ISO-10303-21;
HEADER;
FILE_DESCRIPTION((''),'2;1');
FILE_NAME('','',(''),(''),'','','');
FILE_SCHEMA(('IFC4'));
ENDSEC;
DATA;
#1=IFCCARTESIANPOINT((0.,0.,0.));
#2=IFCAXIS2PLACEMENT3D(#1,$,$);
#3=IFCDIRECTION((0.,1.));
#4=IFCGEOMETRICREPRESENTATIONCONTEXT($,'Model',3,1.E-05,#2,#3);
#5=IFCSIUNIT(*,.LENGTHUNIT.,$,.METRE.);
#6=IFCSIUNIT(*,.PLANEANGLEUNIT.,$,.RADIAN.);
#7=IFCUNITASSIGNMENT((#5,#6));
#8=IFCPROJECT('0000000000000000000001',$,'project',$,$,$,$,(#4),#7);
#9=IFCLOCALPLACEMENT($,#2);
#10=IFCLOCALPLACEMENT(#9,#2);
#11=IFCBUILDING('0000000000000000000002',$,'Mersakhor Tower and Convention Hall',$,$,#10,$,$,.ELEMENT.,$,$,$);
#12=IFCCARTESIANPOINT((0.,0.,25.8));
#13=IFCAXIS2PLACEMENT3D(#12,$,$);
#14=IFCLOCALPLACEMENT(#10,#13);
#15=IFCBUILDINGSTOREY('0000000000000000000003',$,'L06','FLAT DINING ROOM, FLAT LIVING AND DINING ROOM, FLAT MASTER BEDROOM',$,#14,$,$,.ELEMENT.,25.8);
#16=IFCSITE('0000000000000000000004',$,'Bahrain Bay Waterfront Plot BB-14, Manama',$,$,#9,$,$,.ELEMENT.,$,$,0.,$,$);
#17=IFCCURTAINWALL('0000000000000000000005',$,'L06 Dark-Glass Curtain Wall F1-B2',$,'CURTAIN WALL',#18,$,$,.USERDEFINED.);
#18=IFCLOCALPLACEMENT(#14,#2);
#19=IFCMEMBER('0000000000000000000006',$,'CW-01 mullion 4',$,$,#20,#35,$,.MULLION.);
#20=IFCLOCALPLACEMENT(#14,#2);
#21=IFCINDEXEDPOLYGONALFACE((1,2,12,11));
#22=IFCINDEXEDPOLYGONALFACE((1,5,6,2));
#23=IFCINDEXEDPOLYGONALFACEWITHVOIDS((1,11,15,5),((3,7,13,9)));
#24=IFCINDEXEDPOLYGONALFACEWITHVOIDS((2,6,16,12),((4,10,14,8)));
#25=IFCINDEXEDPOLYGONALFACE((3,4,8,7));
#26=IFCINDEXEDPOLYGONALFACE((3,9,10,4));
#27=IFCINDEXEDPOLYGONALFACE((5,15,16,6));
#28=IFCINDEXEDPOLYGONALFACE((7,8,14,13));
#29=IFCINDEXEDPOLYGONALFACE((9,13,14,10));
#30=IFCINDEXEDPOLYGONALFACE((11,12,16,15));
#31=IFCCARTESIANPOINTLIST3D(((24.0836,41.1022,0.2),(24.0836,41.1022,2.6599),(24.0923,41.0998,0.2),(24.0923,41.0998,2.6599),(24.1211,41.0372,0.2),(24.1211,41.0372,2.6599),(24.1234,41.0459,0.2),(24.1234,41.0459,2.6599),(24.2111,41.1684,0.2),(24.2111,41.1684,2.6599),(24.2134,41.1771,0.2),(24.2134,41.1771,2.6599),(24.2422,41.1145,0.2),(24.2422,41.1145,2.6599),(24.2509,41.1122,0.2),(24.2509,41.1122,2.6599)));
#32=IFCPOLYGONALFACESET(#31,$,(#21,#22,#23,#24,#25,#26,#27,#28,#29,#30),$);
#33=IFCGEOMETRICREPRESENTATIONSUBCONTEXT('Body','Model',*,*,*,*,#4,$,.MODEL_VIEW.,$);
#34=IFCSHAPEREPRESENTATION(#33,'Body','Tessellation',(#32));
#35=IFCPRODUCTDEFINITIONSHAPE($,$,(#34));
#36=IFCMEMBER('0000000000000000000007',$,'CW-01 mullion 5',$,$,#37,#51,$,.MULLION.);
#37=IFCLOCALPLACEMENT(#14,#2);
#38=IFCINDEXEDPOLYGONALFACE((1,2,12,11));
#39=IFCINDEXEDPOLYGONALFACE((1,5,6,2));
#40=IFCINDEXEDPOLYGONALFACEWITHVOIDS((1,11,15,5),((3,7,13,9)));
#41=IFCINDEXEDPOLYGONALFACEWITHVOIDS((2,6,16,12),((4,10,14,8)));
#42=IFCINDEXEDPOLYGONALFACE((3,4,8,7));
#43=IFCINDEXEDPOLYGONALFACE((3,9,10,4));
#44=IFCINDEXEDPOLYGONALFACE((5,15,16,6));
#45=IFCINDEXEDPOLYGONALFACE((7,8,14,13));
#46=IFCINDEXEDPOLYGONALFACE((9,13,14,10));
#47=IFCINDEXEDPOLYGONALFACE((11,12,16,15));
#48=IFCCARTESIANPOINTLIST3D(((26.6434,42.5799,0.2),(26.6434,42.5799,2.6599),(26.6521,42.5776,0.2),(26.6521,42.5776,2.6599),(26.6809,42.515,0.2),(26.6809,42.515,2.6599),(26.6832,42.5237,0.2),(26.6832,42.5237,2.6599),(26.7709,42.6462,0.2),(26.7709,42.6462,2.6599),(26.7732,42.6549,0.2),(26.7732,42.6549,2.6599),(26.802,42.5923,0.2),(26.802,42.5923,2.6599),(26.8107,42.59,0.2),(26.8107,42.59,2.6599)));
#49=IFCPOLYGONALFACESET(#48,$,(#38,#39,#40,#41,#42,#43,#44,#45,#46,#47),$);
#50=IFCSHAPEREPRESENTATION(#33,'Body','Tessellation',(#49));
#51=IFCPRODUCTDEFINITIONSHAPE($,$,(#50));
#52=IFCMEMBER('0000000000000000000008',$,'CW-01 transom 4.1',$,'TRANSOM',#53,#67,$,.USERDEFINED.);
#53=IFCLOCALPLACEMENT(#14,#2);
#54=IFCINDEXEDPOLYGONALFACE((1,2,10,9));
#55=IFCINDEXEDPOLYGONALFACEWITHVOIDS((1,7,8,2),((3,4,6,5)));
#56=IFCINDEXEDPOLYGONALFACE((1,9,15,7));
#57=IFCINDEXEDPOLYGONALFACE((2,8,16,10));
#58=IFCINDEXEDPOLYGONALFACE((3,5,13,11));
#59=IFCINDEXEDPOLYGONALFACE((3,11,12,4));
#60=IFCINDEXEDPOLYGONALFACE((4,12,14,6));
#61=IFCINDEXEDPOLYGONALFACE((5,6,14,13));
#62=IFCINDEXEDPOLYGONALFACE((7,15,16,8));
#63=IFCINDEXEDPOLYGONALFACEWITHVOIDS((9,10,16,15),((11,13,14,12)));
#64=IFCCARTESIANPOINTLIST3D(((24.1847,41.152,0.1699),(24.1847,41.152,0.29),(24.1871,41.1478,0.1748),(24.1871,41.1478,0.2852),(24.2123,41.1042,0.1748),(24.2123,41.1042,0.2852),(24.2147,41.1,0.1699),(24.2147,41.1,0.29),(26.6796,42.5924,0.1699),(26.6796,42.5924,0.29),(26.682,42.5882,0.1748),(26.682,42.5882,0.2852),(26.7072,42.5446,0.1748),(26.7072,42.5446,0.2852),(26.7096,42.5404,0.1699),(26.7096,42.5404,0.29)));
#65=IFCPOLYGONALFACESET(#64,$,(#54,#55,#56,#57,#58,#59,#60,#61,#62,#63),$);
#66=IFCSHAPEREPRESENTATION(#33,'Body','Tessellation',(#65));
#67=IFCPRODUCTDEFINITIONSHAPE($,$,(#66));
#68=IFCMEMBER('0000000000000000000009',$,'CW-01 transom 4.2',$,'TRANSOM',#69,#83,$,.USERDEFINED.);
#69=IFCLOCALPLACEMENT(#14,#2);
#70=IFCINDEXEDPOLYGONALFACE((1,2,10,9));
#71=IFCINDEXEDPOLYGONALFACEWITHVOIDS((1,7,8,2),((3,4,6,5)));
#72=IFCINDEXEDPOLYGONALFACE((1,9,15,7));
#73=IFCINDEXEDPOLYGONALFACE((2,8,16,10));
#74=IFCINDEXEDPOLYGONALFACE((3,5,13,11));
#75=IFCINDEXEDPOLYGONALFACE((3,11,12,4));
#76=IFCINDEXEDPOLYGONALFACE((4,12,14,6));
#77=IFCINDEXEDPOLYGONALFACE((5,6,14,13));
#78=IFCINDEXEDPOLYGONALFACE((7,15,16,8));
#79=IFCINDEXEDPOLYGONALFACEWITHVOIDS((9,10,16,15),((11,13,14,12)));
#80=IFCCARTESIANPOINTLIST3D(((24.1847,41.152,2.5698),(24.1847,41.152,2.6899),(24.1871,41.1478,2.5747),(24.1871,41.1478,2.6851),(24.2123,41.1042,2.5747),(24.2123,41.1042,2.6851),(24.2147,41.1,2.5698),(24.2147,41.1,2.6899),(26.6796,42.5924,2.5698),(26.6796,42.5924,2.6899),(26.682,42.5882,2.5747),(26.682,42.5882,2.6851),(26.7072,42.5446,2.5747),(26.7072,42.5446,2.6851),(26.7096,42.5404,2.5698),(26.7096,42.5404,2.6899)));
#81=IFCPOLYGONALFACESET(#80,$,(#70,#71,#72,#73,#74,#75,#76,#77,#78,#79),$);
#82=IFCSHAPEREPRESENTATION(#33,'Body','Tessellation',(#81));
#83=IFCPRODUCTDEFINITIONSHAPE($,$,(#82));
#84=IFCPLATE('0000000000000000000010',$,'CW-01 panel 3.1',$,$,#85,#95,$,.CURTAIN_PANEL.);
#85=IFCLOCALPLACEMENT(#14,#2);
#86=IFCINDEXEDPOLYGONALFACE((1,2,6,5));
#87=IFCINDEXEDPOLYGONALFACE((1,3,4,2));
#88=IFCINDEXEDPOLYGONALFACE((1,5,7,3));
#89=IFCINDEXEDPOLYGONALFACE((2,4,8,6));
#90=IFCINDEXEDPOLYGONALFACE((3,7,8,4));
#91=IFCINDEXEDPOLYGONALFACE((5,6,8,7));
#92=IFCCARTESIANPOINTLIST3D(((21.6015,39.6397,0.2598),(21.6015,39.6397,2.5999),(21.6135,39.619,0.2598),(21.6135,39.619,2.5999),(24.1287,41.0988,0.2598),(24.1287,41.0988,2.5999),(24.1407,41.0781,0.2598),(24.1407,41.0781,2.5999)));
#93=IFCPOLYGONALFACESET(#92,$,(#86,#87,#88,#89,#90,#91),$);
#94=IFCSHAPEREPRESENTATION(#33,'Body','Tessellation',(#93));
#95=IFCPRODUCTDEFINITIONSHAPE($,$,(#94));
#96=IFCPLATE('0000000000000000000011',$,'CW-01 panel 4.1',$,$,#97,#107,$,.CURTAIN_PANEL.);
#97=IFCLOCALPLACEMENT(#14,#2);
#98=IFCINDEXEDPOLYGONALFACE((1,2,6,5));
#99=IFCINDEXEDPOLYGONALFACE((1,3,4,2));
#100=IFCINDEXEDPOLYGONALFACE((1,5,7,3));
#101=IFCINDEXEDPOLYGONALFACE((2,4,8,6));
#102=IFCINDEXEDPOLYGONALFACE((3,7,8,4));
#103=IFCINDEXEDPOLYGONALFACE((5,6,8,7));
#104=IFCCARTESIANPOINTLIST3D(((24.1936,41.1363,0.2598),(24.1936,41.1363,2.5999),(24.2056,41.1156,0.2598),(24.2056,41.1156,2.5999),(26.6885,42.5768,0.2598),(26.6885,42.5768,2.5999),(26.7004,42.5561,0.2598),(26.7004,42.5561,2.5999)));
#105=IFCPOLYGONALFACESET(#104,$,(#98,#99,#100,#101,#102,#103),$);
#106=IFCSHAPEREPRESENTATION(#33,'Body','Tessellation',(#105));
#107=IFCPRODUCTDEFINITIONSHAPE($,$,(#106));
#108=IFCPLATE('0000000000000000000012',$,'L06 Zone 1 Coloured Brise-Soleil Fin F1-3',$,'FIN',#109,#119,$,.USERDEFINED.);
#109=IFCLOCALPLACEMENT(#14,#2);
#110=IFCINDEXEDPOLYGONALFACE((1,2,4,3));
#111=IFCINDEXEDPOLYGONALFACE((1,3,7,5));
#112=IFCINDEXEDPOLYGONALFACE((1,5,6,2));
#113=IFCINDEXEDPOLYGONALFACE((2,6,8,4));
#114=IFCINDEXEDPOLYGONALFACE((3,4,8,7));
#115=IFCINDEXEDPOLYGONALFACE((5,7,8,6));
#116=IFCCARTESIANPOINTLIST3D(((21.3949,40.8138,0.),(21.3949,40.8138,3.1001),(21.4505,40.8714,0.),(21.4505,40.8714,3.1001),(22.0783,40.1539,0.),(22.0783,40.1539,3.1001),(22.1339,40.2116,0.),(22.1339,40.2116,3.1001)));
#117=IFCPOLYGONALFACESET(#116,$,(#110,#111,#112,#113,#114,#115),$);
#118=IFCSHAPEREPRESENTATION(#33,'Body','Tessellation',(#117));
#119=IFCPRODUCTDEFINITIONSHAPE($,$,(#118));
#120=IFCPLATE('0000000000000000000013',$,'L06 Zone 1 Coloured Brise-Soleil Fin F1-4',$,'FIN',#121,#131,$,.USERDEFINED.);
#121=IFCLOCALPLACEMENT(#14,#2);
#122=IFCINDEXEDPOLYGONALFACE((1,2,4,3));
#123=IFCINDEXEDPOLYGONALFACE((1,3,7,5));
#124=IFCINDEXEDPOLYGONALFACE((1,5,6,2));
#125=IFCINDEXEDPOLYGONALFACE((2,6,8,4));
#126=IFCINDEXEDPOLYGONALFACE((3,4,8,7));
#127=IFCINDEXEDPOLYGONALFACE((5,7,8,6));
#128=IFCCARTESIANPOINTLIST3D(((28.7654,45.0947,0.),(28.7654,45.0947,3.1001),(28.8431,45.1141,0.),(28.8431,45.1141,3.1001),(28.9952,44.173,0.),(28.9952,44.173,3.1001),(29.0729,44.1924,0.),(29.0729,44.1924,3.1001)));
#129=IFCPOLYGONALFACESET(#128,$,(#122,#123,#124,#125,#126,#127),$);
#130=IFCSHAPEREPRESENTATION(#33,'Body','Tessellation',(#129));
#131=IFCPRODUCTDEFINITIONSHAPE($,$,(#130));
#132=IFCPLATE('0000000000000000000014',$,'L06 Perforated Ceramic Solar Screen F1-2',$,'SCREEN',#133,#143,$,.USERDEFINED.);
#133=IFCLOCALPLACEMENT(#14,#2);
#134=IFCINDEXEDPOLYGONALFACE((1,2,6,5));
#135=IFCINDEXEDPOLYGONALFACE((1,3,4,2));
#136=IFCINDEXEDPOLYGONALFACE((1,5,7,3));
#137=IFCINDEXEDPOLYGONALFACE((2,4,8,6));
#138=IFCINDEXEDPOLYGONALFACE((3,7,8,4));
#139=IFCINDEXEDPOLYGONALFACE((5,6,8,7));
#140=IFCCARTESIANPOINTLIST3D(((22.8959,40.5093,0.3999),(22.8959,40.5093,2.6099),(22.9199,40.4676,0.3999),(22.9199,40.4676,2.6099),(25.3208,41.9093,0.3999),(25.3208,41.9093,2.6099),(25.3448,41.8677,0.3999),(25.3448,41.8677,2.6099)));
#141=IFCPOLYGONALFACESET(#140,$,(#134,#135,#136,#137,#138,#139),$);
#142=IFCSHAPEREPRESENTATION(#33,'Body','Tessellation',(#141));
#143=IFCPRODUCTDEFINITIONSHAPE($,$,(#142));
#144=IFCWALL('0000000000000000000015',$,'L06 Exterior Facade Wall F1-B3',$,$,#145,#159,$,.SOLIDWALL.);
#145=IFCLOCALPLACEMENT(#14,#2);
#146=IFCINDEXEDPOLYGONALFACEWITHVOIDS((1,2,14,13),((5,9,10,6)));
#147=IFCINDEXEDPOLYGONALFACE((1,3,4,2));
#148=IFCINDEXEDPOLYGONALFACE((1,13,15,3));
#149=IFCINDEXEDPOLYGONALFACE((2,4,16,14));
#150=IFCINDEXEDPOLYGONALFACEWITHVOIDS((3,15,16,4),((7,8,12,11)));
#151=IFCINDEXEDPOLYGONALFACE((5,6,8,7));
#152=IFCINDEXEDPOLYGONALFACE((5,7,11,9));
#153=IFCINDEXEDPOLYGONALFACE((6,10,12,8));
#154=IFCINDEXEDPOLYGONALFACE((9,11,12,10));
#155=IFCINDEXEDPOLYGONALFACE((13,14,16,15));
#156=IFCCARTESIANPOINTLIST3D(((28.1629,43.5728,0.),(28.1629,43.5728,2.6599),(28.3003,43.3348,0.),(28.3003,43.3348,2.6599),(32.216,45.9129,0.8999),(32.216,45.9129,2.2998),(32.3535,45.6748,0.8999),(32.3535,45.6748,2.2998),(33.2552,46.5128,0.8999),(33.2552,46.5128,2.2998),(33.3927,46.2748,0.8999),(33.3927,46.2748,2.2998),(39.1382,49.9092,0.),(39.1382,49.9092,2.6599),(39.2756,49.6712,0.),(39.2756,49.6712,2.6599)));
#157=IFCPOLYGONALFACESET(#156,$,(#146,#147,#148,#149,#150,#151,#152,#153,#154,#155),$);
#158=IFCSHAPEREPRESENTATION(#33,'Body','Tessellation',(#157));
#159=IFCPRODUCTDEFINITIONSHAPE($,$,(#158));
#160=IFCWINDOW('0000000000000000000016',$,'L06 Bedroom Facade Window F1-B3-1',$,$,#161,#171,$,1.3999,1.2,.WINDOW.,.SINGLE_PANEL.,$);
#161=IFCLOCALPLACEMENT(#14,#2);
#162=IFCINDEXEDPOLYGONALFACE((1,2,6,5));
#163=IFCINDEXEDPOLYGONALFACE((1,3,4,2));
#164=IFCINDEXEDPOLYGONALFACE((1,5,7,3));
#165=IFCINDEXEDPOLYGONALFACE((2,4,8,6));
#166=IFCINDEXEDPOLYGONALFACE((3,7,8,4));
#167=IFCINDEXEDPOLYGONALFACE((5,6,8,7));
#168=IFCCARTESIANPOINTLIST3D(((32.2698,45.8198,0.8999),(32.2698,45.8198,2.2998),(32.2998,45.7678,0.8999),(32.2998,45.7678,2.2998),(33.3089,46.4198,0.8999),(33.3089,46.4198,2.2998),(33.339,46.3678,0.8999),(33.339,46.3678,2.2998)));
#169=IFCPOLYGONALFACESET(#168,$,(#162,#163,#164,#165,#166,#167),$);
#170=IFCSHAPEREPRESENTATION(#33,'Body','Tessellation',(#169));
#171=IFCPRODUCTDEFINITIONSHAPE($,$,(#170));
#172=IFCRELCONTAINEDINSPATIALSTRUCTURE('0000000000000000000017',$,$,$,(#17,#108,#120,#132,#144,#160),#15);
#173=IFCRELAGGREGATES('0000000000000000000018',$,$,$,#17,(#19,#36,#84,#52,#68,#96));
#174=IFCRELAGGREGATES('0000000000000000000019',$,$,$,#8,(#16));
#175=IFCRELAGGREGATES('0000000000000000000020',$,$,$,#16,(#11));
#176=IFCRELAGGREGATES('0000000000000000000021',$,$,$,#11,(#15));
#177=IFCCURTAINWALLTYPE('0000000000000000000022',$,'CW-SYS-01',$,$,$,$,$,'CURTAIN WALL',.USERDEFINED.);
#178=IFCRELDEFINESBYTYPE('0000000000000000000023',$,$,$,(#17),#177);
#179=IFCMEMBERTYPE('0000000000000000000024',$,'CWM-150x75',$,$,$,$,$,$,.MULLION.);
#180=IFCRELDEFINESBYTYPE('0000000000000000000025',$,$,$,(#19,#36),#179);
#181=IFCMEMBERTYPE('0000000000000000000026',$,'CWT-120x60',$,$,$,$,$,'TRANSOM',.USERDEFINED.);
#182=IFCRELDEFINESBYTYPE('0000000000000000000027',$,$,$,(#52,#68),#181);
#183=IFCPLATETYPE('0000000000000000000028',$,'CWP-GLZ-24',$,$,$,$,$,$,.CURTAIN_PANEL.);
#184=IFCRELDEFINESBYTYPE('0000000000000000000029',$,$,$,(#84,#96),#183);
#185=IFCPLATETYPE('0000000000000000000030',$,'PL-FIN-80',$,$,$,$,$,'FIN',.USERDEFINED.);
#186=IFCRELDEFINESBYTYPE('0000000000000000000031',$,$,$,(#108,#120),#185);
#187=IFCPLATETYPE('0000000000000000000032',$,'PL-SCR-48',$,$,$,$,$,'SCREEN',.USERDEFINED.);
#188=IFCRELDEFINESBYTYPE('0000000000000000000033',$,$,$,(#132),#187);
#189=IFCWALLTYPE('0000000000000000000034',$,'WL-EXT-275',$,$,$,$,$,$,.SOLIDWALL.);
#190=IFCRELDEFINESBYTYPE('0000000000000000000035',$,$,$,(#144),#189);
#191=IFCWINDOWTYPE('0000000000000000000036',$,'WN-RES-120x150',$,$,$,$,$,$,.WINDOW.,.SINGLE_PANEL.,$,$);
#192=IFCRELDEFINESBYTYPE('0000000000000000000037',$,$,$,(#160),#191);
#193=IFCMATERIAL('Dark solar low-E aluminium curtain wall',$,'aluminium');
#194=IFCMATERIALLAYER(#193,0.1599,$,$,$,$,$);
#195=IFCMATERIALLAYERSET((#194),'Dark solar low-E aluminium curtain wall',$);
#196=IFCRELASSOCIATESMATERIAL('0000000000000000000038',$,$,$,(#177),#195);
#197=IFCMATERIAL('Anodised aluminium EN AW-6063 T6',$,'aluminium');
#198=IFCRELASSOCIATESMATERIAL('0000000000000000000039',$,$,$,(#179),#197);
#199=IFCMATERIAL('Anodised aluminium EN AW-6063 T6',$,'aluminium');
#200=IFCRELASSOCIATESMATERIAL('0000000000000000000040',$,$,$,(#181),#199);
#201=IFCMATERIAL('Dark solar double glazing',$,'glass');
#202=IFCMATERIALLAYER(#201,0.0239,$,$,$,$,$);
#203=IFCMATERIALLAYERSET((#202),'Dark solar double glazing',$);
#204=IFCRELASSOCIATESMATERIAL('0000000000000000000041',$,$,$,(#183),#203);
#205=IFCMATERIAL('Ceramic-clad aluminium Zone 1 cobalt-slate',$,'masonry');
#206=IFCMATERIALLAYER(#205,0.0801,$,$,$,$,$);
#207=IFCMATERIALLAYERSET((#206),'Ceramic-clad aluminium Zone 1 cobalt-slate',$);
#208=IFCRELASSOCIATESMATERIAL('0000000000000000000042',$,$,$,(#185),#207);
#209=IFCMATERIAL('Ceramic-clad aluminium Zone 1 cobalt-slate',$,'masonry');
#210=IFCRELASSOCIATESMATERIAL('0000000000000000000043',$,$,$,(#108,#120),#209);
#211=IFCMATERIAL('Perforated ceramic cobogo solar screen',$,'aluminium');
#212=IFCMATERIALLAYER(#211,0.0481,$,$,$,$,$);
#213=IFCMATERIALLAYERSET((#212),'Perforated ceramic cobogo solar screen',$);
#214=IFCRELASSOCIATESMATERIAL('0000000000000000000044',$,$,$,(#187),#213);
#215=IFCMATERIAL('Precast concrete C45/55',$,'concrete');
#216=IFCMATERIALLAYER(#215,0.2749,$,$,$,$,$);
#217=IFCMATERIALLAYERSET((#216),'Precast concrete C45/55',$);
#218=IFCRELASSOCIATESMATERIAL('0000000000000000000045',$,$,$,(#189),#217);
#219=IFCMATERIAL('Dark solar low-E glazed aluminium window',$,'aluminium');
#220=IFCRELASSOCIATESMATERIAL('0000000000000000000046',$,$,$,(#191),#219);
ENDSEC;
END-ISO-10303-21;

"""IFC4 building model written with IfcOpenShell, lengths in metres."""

from ifc_helpers import new_model, si_unit, direction, frame, frame_2d, origin, origin_2d, place, context, subcontext, project, spatial, rectangle, hollow_rectangle, extrude, material, layer, layer_set, material_profile, profile_set, type_object, element, fill, aggregate, save


model = new_model("IFC4")

# Units and contexts
model_context = context("Model", 3, precision=1e-05, world=origin(), true_north=direction((0.0, 1.0)))
body_context = subcontext(model_context, "Body", "Model", "MODEL_VIEW")
ifc_project = project(units=[si_unit("LENGTHUNIT", "METRE"), si_unit("PLANEANGLEUNIT", "RADIAN")], contexts=[model_context])

# Site, building, storey
site_placement = place(None, origin())
site = spatial("IfcSite", under=ifc_project, at=site_placement, Name="Bahrain Bay Waterfront Plot BB-14, Manama", CompositionType="ELEMENT", RefElevation=0.0)
building_placement = place(site_placement, origin())
building = spatial("IfcBuilding", under=site, at=building_placement, Name="Mersakhor Tower and Convention Hall", CompositionType="ELEMENT")
storey_placement = place(building_placement, frame((0.0, 0.0, 25.8)))
storey = spatial("IfcBuildingStorey", under=building, at=storey_placement, Name="L06", Description="FLAT DINING ROOM, FLAT LIVING AND DINING ROOM, FLAT MASTER BEDROOM", CompositionType="ELEMENT", Elevation=25.8)

# Curtain wall, members, plates
ifc_material_1 = material(Name="Dark solar low-E aluminium curtain wall", Category="aluminium")
ifc_layer_1 = layer(ifc_material_1, 0.1599)
ifc_layer_set_1 = layer_set([ifc_layer_1], Name="Dark solar low-E aluminium curtain wall")
curtain_wall_type = type_object("IfcCurtainWallType", Name="CW-SYS-01", ElementType="CURTAIN WALL", PredefinedType="USERDEFINED", material=ifc_layer_set_1)
curtain_wall_placement = place(storey_placement, origin())
curtain_wall = element("IfcCurtainWall", 1, at=curtain_wall_placement, inside=storey, type_object=curtain_wall_type, Name="L06 Dark-Glass Curtain Wall F1-B2", ObjectType="CURTAIN WALL", PredefinedType="USERDEFINED")
ifc_material_2 = material(Name="Anodised aluminium EN AW-6063 T6", Category="aluminium")
ifc_material_profile_1 = material_profile(ifc_material_2, hollow_rectangle(XDim=0.075, YDim=0.1499, WallThickness=0.0063, at=origin_2d()), Name="RHS 150x75x6.3")
ifc_profile_set_1 = profile_set([ifc_material_profile_1], Name="Anodised aluminium EN AW-6063 T6")
member_type_1 = type_object("IfcMemberType", Name="CWM-150x75", PredefinedType="MULLION", material=ifc_profile_set_1)
member_1_placement = place(storey_placement, frame((24.1672, 41.1072, 0.2), z_axis=(0.0, 0.0, 1.0), x_axis=(-0.500003, 0.866023, 0.0)))
member_1 = element("IfcMember", 2, at=member_1_placement, type_object=member_type_1, Name="CW-01 mullion 4", PredefinedType="MULLION", context=body_context, shape_type="SweptSolid", body=[
    extrude(hollow_rectangle(XDim=0.075, YDim=0.1499, WallThickness=0.0063, at=origin_2d()), origin(), (0.0, 0.0, 1.0), 2.46),
])
member_2_placement = place(storey_placement, frame((26.7271, 42.585, 0.2), z_axis=(0.0, 0.0, 1.0), x_axis=(-0.500003, 0.866023, 0.0)))
member_2 = element("IfcMember", 3, at=member_2_placement, type_object=member_type_1, Name="CW-01 mullion 5", PredefinedType="MULLION", context=body_context, shape_type="SweptSolid", body=[
    extrude(hollow_rectangle(XDim=0.075, YDim=0.1499, WallThickness=0.0063, at=origin_2d()), origin(), (0.0, 0.0, 1.0), 2.46),
])
ifc_material_3 = material(Name="Anodised aluminium EN AW-6063 T6", Category="aluminium")
ifc_material_profile_2 = material_profile(ifc_material_3, hollow_rectangle(XDim=0.0601, YDim=0.1201, WallThickness=0.0049, at=origin_2d()), Name="RHS 120x60x5")
ifc_profile_set_2 = profile_set([ifc_material_profile_2], Name="Anodised aluminium EN AW-6063 T6")
member_type_2 = type_object("IfcMemberType", Name="CWT-120x60", ElementType="TRANSOM", PredefinedType="USERDEFINED", material=ifc_profile_set_2)
member_3_placement = place(storey_placement, frame((24.1997, 41.126, 0.23), z_axis=(0.866023, 0.500004, 0.0), x_axis=(-0.500004, 0.866023, 0.0)))
member_3 = element("IfcMember", 4, at=member_3_placement, type_object=member_type_2, Name="CW-01 transom 4.1", ObjectType="TRANSOM", PredefinedType="USERDEFINED", context=body_context, shape_type="SweptSolid", body=[
    extrude(hollow_rectangle(XDim=0.0601, YDim=0.1201, WallThickness=0.0049, at=origin_2d()), origin(), (0.0, 0.0, 1.0), 2.8809),
])
member_4_placement = place(storey_placement, frame((24.1997, 41.126, 2.6299), z_axis=(0.866023, 0.500004, 0.0), x_axis=(-0.500004, 0.866023, 0.0)))
member_4 = element("IfcMember", 5, at=member_4_placement, type_object=member_type_2, Name="CW-01 transom 4.2", ObjectType="TRANSOM", PredefinedType="USERDEFINED", context=body_context, shape_type="SweptSolid", body=[
    extrude(hollow_rectangle(XDim=0.0601, YDim=0.1201, WallThickness=0.0049, at=origin_2d()), origin(), (0.0, 0.0, 1.0), 2.8809),
])
ifc_material_4 = material(Name="Dark solar double glazing", Category="glass")
ifc_layer_2 = layer(ifc_material_4, 0.0239)
ifc_layer_set_2 = layer_set([ifc_layer_2], Name="Dark solar double glazing")
plate_type_1 = type_object("IfcPlateType", Name="CWP-GLZ-24", PredefinedType="CURTAIN_PANEL", material=ifc_layer_set_2)
plate_1_placement = place(storey_placement, frame((22.8711, 40.3589, 0.2598), z_axis=(0.0, 0.0, 1.0), x_axis=(0.866023, 0.500003, 0.0)))
plate_1 = element("IfcPlate", 6, at=plate_1_placement, type_object=plate_type_1, Name="CW-01 panel 3.1", PredefinedType="CURTAIN_PANEL", context=body_context, shape_type="SweptSolid", body=[
    extrude(rectangle(XDim=2.9182, YDim=0.0239, at=origin_2d()), origin(), (0.0, 0.0, 1.0), 2.3401),
])
plate_2_placement = place(storey_placement, frame((25.447, 41.8462, 0.2598), z_axis=(0.0, 0.0, 1.0), x_axis=(0.866023, 0.500003, 0.0)))
plate_2 = element("IfcPlate", 7, at=plate_2_placement, type_object=plate_type_1, Name="CW-01 panel 4.1", PredefinedType="CURTAIN_PANEL", context=body_context, shape_type="SweptSolid", body=[
    extrude(rectangle(XDim=2.8809, YDim=0.0239, at=origin_2d()), origin(), (0.0, 0.0, 1.0), 2.3401),
])
aggregate(curtain_wall, [member_1, member_2, plate_1, member_3, member_4, plate_2])

# Plates
ifc_material_5 = material(Name="Ceramic-clad aluminium Zone 1 cobalt-slate", Category="masonry")
ifc_material_6 = material(Name="Ceramic-clad aluminium Zone 1 cobalt-slate", Category="masonry")
ifc_layer_3 = layer(ifc_material_6, 0.0801)
ifc_layer_set_3 = layer_set([ifc_layer_3], Name="Ceramic-clad aluminium Zone 1 cobalt-slate")
plate_type_2 = type_object("IfcPlateType", Name="PL-FIN-80", ElementType="FIN", PredefinedType="USERDEFINED", material=ifc_layer_set_3)
for number, where, z_axis, x_axis, name in (
    (8, (21.7644, 40.5127, 0.0), (0.0, 0.0, 1.0), (-0.71934, 0.694658, 0.0), "L06 Zone 1 Coloured Brise-Soleil Fin F1-3"),
    (9, (28.9192, 44.6436, 0.0), (0.0, 0.0, 1.0), (-0.241922, 0.970296, 0.0), "L06 Zone 1 Coloured Brise-Soleil Fin F1-4"),
):
    element("IfcPlate", number, at=place(storey_placement, frame(where, z_axis=z_axis, x_axis=x_axis)), inside=storey, type_object=plate_type_2, material=ifc_material_5, Name=name, ObjectType="FIN", PredefinedType="USERDEFINED", context=body_context, shape_type="SweptSolid", body=[
        extrude(rectangle(XDim=0.95, YDim=0.0801, at=origin_2d()), origin(), (0.0, 0.0, 1.0), 3.1001),
    ])
ifc_material_7 = material(Name="Perforated ceramic cobogo solar screen", Category="aluminium")
ifc_layer_4 = layer(ifc_material_7, 0.0481)
ifc_layer_set_4 = layer_set([ifc_layer_4], Name="Perforated ceramic cobogo solar screen")
plate_type_3 = type_object("IfcPlateType", Name="PL-SCR-48", ElementType="SCREEN", PredefinedType="USERDEFINED", material=ifc_layer_set_4)
plate_3_placement = place(storey_placement, frame((24.1204, 41.1885, 0.3999), z_axis=(0.0, 0.0, 1.0), x_axis=(0.866025, 0.5, 0.0)))
element("IfcPlate", 10, at=plate_3_placement, inside=storey, type_object=plate_type_3, Name="L06 Perforated Ceramic Solar Screen F1-2", ObjectType="SCREEN", PredefinedType="USERDEFINED", context=body_context, shape_type="SweptSolid", body=[
    extrude(rectangle(XDim=2.8, YDim=0.0481, at=origin_2d()), origin(), (0.0, 0.0, 1.0), 2.21),
])

# Wall, opening, window
ifc_material_8 = material(Name="Precast concrete C45/55", Category="concrete")
ifc_layer_5 = layer(ifc_material_8, 0.2749)
ifc_layer_set_5 = layer_set([ifc_layer_5], Name="Precast concrete C45/55")
wall_type_1 = type_object("IfcWallType", Name="WL-EXT-275", PredefinedType="SOLIDWALL", material=ifc_layer_set_5)
wall_1_placement = place(storey_placement, frame((28.2317, 43.4539, 0.0), z_axis=(0.0, 0.0, 1.0), x_axis=(0.866032, 0.499989, 0.0)))
wall_1 = element("IfcWall", 11, at=wall_1_placement, inside=storey, type_object=wall_type_1, Name="L06 Exterior Facade Wall F1-B3", PredefinedType="SOLIDWALL", context=body_context, shape_type="SweptSolid", body=[
    extrude(rectangle(XDim=12.6731, YDim=0.2749, at=frame_2d((6.3364, 0.0))), origin(), (0.0, 0.0, 1.0), 2.6599),
])
opening_1_placement = place(wall_1_placement, frame((4.6799, 0.0, 0.8999)))
opening_1 = element("IfcOpeningElement", 12, at=opening_1_placement, cuts=wall_1, PredefinedType="OPENING", context=body_context, shape_type="SweptSolid", body=[
    extrude(rectangle(XDim=1.2, YDim=1.3999, at=frame_2d((0.6001, 0.7))), frame((0.0, 0.1475, 0.0), z_axis=(0.0, -1.0, 0.0), x_axis=(1.0, 0.0, 0.0)), (0.0, 0.0, 1.0), 0.2949),
])
ifc_material_9 = material(Name="Dark solar low-E glazed aluminium window", Category="aluminium")
window_type = type_object("IfcWindowType", Name="WN-RES-120x150", PartitioningType="SINGLE_PANEL", PredefinedType="WINDOW", material=ifc_material_9)
window_placement = place(opening_1_placement, origin())
window = element("IfcWindow", 13, at=window_placement, inside=storey, type_object=window_type, Name="L06 Bedroom Facade Window F1-B3-1", OverallHeight=1.3999, OverallWidth=1.2, PartitioningType="SINGLE_PANEL", PredefinedType="WINDOW", context=body_context, shape_type="SweptSolid", body=[
    extrude(rectangle(XDim=1.2, YDim=1.3999, at=frame_2d((0.6001, 0.7))), frame((0.0, 0.03, 0.0), z_axis=(0.0, -1.0, 0.0), x_axis=(1.0, 0.0, 0.0)), (0.0, 0.0, 1.0), 0.0601),
])
fill(opening_1, window)

save(model, "model.ifc")
